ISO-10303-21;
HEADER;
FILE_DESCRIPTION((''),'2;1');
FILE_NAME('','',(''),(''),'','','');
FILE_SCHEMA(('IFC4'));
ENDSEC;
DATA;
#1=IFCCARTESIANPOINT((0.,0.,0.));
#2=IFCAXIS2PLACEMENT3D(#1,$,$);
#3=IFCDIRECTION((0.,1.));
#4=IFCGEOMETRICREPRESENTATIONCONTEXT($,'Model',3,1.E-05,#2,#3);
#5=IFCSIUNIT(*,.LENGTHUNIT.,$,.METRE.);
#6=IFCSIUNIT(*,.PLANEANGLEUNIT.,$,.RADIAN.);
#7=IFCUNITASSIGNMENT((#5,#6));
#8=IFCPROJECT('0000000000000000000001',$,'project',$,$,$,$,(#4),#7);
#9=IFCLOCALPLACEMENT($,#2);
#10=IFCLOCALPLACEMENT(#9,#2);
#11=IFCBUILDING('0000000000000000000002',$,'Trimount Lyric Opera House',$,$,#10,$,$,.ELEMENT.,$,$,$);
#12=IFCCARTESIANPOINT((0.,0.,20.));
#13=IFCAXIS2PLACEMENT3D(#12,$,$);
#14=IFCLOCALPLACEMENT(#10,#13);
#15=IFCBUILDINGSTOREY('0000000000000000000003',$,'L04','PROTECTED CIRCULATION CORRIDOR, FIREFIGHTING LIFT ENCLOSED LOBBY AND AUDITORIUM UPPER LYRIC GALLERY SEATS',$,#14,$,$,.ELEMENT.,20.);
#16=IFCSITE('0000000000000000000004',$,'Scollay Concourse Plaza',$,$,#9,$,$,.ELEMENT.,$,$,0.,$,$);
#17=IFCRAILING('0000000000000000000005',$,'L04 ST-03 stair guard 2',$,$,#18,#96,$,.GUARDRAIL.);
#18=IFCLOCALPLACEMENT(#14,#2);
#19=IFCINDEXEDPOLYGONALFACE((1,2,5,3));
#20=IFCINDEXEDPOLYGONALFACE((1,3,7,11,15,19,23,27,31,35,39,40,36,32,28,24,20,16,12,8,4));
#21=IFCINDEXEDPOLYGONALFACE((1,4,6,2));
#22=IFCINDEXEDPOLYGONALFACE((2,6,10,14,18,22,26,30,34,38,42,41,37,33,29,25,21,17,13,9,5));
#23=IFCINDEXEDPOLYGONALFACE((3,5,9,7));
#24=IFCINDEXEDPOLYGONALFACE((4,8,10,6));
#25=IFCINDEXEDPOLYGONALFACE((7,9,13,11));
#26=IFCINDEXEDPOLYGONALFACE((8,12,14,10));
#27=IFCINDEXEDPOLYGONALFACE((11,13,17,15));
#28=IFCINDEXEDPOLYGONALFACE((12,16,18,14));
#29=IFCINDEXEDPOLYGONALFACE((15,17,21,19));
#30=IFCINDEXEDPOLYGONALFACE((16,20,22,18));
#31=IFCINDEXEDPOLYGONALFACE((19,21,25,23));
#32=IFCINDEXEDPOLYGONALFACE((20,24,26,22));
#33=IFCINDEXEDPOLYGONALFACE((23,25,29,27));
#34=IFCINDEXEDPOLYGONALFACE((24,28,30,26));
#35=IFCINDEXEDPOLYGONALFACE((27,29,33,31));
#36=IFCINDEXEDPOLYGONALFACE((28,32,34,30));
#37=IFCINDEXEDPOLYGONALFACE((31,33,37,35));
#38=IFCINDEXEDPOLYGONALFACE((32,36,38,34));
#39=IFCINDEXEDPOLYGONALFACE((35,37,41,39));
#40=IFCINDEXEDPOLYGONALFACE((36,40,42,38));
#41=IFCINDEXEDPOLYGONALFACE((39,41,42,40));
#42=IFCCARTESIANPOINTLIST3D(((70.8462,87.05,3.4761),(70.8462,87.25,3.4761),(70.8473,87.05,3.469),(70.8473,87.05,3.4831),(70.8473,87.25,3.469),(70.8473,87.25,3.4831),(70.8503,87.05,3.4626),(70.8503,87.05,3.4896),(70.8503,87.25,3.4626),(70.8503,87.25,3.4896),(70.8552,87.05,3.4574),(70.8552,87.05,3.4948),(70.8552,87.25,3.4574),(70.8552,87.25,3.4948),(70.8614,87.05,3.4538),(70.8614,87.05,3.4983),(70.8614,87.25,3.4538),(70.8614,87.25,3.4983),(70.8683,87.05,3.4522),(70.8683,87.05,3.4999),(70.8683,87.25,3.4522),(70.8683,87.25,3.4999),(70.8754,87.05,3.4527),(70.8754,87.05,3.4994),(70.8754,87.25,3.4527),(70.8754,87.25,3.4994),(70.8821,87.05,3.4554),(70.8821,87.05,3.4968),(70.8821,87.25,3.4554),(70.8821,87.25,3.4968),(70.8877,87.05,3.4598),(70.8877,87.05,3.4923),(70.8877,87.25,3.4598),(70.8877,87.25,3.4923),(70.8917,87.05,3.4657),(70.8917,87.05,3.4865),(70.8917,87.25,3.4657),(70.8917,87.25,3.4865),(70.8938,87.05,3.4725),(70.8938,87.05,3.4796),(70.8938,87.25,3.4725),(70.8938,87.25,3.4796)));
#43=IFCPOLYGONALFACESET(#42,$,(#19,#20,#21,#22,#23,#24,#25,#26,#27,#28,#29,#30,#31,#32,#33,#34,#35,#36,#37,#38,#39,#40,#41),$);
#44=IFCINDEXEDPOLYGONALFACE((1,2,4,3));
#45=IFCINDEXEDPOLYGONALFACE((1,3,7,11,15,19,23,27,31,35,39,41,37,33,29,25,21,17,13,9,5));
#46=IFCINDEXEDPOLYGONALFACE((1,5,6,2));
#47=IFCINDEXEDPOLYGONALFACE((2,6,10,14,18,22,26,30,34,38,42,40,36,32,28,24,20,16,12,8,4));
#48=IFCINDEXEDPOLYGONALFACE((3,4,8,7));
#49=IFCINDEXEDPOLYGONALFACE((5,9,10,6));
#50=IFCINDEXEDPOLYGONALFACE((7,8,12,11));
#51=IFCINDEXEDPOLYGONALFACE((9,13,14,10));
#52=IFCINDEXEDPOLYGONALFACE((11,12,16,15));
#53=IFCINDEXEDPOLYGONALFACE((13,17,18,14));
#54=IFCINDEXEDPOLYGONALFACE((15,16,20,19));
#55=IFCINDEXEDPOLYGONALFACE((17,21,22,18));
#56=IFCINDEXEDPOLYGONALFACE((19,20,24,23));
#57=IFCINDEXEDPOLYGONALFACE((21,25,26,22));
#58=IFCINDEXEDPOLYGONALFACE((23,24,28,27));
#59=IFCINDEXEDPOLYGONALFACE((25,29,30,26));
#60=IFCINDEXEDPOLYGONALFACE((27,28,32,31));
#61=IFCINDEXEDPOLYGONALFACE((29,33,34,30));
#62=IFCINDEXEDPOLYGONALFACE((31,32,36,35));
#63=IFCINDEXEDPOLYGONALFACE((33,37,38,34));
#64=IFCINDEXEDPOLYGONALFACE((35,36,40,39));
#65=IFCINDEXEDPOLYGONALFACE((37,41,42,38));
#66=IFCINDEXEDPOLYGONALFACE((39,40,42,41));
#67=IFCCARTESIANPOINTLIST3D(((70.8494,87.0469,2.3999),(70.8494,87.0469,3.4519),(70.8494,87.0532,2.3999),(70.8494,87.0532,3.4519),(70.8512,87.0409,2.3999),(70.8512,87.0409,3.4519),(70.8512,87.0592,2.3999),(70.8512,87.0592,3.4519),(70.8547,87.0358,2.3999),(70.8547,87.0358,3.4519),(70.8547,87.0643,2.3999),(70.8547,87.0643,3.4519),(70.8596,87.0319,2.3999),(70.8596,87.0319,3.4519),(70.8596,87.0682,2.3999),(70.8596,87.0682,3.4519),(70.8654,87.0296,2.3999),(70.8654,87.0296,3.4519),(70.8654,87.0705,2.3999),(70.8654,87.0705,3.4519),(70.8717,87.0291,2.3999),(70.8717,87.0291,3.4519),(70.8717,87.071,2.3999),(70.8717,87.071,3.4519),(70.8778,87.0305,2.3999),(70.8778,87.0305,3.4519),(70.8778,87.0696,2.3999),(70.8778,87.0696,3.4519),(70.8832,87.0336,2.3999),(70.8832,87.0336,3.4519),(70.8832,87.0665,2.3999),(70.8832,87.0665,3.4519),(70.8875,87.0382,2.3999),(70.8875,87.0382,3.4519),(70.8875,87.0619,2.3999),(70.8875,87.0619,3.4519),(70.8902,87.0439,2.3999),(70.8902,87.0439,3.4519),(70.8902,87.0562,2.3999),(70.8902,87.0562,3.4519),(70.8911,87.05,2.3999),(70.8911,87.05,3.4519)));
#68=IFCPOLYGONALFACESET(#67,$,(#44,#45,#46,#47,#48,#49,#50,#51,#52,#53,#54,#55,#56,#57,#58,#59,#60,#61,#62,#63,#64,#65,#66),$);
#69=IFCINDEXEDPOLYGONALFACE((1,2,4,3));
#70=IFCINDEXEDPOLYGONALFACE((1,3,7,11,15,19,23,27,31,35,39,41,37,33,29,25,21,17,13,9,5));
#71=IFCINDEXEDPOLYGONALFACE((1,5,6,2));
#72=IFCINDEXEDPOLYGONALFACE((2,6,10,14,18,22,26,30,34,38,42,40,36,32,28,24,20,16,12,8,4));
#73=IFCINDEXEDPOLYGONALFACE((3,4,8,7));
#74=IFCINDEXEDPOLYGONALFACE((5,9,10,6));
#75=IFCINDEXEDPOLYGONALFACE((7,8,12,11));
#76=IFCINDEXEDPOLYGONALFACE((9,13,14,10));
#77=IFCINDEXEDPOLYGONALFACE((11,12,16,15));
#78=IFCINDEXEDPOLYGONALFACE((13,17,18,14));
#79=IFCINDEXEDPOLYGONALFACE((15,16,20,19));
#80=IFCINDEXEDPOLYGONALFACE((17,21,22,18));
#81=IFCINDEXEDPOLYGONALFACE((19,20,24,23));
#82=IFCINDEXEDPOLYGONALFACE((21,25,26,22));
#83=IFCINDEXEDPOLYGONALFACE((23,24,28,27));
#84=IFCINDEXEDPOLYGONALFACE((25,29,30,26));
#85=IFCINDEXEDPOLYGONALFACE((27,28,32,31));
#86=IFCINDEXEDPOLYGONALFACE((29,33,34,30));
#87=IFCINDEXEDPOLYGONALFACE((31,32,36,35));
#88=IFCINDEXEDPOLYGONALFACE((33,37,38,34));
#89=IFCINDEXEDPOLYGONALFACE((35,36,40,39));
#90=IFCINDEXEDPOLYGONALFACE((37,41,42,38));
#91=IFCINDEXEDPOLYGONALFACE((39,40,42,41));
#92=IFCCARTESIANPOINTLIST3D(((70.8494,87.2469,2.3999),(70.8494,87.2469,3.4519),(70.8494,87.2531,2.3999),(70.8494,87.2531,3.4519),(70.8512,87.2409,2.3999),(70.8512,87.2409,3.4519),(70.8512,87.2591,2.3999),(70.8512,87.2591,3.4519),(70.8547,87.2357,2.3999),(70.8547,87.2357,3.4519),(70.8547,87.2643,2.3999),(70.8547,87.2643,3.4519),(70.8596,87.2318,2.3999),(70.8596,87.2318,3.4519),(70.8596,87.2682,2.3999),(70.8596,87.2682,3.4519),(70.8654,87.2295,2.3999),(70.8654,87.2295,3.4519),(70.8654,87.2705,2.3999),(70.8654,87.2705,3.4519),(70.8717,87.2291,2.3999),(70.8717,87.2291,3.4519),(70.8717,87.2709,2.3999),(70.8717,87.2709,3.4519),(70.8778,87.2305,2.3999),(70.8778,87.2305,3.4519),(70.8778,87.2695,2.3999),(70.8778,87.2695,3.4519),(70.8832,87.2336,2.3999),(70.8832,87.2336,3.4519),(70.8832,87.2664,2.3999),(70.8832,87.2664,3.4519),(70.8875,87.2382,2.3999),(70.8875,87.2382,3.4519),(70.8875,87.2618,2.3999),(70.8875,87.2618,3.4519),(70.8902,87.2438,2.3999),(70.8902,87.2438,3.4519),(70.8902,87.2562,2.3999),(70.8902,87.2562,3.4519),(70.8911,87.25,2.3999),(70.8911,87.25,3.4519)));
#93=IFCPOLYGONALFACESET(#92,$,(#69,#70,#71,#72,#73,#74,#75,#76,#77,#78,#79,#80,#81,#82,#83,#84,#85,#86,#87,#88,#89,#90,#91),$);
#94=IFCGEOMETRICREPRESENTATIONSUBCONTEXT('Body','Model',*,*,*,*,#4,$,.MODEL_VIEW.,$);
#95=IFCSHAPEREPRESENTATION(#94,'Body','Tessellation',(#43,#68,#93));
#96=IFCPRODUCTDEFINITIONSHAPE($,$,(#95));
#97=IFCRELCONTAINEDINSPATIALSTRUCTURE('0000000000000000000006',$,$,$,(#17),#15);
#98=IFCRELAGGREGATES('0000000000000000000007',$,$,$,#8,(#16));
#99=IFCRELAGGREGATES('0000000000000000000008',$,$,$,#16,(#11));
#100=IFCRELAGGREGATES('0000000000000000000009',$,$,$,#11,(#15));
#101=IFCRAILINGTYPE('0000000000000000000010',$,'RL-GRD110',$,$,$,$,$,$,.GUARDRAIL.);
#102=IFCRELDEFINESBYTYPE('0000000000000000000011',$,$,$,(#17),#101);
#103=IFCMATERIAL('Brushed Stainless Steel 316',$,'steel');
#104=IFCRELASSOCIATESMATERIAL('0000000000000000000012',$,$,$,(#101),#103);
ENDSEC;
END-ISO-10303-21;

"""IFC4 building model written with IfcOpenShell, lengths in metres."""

from ifc_helpers import new_model, si_unit, direction, frame, origin, origin_2d, place, context, subcontext, project, spatial, circle, extrude, material, type_object, element, save


model = new_model("IFC4")

# Units and contexts
model_context = context("Model", 3, precision=1e-05, world=origin(), true_north=direction((0.0, 1.0)))
body_context = subcontext(model_context, "Body", "Model", "MODEL_VIEW")
ifc_project = project(units=[si_unit("LENGTHUNIT", "METRE"), si_unit("PLANEANGLEUNIT", "RADIAN")], contexts=[model_context])

# Site, building, storey
site_placement = place(None, origin())
site = spatial("IfcSite", under=ifc_project, at=site_placement, Name="Scollay Concourse Plaza", CompositionType="ELEMENT", RefElevation=0.0)
building_placement = place(site_placement, origin())
building = spatial("IfcBuilding", under=site, at=building_placement, Name="Trimount Lyric Opera House", CompositionType="ELEMENT")
storey_placement = place(building_placement, frame((0.0, 0.0, 20.0)))
storey = spatial("IfcBuildingStorey", under=building, at=storey_placement, Name="L04", Description="PROTECTED CIRCULATION CORRIDOR, FIREFIGHTING LIFT ENCLOSED LOBBY AND AUDITORIUM UPPER LYRIC GALLERY SEATS", CompositionType="ELEMENT", Elevation=20.0)

# Railing
ifc_material_1 = material(Name="Brushed Stainless Steel 316", Category="steel")
railing_type_1 = type_object("IfcRailingType", Name="RL-GRD110", PredefinedType="GUARDRAIL", material=ifc_material_1)
railing_1_placement = place(storey_placement, frame((70.8701, 87.05, 2.3999)))
element("IfcRailing", 1, at=railing_1_placement, inside=storey, type_object=railing_type_1, Name="L04 ST-03 stair guard 2", PredefinedType="GUARDRAIL", context=body_context, shape_type="SweptSolid", body=[
    extrude(circle(Radius=0.0239, at=origin_2d()), frame((0.0, 0.0, 1.0762), z_axis=(0.0, 1.0, 0.0), x_axis=(-1.0, 0.0, 0.0)), (0.0, 0.0, 1.0), 0.2),
    extrude(circle(Radius=0.021, at=origin_2d()), origin(), (0.0, 0.0, 1.0), 1.052),
    extrude(circle(Radius=0.021, at=origin_2d()), frame((0.0, 0.2, 0.0)), (0.0, 0.0, 1.0), 1.052),
])

save(model, "model.ifc")
